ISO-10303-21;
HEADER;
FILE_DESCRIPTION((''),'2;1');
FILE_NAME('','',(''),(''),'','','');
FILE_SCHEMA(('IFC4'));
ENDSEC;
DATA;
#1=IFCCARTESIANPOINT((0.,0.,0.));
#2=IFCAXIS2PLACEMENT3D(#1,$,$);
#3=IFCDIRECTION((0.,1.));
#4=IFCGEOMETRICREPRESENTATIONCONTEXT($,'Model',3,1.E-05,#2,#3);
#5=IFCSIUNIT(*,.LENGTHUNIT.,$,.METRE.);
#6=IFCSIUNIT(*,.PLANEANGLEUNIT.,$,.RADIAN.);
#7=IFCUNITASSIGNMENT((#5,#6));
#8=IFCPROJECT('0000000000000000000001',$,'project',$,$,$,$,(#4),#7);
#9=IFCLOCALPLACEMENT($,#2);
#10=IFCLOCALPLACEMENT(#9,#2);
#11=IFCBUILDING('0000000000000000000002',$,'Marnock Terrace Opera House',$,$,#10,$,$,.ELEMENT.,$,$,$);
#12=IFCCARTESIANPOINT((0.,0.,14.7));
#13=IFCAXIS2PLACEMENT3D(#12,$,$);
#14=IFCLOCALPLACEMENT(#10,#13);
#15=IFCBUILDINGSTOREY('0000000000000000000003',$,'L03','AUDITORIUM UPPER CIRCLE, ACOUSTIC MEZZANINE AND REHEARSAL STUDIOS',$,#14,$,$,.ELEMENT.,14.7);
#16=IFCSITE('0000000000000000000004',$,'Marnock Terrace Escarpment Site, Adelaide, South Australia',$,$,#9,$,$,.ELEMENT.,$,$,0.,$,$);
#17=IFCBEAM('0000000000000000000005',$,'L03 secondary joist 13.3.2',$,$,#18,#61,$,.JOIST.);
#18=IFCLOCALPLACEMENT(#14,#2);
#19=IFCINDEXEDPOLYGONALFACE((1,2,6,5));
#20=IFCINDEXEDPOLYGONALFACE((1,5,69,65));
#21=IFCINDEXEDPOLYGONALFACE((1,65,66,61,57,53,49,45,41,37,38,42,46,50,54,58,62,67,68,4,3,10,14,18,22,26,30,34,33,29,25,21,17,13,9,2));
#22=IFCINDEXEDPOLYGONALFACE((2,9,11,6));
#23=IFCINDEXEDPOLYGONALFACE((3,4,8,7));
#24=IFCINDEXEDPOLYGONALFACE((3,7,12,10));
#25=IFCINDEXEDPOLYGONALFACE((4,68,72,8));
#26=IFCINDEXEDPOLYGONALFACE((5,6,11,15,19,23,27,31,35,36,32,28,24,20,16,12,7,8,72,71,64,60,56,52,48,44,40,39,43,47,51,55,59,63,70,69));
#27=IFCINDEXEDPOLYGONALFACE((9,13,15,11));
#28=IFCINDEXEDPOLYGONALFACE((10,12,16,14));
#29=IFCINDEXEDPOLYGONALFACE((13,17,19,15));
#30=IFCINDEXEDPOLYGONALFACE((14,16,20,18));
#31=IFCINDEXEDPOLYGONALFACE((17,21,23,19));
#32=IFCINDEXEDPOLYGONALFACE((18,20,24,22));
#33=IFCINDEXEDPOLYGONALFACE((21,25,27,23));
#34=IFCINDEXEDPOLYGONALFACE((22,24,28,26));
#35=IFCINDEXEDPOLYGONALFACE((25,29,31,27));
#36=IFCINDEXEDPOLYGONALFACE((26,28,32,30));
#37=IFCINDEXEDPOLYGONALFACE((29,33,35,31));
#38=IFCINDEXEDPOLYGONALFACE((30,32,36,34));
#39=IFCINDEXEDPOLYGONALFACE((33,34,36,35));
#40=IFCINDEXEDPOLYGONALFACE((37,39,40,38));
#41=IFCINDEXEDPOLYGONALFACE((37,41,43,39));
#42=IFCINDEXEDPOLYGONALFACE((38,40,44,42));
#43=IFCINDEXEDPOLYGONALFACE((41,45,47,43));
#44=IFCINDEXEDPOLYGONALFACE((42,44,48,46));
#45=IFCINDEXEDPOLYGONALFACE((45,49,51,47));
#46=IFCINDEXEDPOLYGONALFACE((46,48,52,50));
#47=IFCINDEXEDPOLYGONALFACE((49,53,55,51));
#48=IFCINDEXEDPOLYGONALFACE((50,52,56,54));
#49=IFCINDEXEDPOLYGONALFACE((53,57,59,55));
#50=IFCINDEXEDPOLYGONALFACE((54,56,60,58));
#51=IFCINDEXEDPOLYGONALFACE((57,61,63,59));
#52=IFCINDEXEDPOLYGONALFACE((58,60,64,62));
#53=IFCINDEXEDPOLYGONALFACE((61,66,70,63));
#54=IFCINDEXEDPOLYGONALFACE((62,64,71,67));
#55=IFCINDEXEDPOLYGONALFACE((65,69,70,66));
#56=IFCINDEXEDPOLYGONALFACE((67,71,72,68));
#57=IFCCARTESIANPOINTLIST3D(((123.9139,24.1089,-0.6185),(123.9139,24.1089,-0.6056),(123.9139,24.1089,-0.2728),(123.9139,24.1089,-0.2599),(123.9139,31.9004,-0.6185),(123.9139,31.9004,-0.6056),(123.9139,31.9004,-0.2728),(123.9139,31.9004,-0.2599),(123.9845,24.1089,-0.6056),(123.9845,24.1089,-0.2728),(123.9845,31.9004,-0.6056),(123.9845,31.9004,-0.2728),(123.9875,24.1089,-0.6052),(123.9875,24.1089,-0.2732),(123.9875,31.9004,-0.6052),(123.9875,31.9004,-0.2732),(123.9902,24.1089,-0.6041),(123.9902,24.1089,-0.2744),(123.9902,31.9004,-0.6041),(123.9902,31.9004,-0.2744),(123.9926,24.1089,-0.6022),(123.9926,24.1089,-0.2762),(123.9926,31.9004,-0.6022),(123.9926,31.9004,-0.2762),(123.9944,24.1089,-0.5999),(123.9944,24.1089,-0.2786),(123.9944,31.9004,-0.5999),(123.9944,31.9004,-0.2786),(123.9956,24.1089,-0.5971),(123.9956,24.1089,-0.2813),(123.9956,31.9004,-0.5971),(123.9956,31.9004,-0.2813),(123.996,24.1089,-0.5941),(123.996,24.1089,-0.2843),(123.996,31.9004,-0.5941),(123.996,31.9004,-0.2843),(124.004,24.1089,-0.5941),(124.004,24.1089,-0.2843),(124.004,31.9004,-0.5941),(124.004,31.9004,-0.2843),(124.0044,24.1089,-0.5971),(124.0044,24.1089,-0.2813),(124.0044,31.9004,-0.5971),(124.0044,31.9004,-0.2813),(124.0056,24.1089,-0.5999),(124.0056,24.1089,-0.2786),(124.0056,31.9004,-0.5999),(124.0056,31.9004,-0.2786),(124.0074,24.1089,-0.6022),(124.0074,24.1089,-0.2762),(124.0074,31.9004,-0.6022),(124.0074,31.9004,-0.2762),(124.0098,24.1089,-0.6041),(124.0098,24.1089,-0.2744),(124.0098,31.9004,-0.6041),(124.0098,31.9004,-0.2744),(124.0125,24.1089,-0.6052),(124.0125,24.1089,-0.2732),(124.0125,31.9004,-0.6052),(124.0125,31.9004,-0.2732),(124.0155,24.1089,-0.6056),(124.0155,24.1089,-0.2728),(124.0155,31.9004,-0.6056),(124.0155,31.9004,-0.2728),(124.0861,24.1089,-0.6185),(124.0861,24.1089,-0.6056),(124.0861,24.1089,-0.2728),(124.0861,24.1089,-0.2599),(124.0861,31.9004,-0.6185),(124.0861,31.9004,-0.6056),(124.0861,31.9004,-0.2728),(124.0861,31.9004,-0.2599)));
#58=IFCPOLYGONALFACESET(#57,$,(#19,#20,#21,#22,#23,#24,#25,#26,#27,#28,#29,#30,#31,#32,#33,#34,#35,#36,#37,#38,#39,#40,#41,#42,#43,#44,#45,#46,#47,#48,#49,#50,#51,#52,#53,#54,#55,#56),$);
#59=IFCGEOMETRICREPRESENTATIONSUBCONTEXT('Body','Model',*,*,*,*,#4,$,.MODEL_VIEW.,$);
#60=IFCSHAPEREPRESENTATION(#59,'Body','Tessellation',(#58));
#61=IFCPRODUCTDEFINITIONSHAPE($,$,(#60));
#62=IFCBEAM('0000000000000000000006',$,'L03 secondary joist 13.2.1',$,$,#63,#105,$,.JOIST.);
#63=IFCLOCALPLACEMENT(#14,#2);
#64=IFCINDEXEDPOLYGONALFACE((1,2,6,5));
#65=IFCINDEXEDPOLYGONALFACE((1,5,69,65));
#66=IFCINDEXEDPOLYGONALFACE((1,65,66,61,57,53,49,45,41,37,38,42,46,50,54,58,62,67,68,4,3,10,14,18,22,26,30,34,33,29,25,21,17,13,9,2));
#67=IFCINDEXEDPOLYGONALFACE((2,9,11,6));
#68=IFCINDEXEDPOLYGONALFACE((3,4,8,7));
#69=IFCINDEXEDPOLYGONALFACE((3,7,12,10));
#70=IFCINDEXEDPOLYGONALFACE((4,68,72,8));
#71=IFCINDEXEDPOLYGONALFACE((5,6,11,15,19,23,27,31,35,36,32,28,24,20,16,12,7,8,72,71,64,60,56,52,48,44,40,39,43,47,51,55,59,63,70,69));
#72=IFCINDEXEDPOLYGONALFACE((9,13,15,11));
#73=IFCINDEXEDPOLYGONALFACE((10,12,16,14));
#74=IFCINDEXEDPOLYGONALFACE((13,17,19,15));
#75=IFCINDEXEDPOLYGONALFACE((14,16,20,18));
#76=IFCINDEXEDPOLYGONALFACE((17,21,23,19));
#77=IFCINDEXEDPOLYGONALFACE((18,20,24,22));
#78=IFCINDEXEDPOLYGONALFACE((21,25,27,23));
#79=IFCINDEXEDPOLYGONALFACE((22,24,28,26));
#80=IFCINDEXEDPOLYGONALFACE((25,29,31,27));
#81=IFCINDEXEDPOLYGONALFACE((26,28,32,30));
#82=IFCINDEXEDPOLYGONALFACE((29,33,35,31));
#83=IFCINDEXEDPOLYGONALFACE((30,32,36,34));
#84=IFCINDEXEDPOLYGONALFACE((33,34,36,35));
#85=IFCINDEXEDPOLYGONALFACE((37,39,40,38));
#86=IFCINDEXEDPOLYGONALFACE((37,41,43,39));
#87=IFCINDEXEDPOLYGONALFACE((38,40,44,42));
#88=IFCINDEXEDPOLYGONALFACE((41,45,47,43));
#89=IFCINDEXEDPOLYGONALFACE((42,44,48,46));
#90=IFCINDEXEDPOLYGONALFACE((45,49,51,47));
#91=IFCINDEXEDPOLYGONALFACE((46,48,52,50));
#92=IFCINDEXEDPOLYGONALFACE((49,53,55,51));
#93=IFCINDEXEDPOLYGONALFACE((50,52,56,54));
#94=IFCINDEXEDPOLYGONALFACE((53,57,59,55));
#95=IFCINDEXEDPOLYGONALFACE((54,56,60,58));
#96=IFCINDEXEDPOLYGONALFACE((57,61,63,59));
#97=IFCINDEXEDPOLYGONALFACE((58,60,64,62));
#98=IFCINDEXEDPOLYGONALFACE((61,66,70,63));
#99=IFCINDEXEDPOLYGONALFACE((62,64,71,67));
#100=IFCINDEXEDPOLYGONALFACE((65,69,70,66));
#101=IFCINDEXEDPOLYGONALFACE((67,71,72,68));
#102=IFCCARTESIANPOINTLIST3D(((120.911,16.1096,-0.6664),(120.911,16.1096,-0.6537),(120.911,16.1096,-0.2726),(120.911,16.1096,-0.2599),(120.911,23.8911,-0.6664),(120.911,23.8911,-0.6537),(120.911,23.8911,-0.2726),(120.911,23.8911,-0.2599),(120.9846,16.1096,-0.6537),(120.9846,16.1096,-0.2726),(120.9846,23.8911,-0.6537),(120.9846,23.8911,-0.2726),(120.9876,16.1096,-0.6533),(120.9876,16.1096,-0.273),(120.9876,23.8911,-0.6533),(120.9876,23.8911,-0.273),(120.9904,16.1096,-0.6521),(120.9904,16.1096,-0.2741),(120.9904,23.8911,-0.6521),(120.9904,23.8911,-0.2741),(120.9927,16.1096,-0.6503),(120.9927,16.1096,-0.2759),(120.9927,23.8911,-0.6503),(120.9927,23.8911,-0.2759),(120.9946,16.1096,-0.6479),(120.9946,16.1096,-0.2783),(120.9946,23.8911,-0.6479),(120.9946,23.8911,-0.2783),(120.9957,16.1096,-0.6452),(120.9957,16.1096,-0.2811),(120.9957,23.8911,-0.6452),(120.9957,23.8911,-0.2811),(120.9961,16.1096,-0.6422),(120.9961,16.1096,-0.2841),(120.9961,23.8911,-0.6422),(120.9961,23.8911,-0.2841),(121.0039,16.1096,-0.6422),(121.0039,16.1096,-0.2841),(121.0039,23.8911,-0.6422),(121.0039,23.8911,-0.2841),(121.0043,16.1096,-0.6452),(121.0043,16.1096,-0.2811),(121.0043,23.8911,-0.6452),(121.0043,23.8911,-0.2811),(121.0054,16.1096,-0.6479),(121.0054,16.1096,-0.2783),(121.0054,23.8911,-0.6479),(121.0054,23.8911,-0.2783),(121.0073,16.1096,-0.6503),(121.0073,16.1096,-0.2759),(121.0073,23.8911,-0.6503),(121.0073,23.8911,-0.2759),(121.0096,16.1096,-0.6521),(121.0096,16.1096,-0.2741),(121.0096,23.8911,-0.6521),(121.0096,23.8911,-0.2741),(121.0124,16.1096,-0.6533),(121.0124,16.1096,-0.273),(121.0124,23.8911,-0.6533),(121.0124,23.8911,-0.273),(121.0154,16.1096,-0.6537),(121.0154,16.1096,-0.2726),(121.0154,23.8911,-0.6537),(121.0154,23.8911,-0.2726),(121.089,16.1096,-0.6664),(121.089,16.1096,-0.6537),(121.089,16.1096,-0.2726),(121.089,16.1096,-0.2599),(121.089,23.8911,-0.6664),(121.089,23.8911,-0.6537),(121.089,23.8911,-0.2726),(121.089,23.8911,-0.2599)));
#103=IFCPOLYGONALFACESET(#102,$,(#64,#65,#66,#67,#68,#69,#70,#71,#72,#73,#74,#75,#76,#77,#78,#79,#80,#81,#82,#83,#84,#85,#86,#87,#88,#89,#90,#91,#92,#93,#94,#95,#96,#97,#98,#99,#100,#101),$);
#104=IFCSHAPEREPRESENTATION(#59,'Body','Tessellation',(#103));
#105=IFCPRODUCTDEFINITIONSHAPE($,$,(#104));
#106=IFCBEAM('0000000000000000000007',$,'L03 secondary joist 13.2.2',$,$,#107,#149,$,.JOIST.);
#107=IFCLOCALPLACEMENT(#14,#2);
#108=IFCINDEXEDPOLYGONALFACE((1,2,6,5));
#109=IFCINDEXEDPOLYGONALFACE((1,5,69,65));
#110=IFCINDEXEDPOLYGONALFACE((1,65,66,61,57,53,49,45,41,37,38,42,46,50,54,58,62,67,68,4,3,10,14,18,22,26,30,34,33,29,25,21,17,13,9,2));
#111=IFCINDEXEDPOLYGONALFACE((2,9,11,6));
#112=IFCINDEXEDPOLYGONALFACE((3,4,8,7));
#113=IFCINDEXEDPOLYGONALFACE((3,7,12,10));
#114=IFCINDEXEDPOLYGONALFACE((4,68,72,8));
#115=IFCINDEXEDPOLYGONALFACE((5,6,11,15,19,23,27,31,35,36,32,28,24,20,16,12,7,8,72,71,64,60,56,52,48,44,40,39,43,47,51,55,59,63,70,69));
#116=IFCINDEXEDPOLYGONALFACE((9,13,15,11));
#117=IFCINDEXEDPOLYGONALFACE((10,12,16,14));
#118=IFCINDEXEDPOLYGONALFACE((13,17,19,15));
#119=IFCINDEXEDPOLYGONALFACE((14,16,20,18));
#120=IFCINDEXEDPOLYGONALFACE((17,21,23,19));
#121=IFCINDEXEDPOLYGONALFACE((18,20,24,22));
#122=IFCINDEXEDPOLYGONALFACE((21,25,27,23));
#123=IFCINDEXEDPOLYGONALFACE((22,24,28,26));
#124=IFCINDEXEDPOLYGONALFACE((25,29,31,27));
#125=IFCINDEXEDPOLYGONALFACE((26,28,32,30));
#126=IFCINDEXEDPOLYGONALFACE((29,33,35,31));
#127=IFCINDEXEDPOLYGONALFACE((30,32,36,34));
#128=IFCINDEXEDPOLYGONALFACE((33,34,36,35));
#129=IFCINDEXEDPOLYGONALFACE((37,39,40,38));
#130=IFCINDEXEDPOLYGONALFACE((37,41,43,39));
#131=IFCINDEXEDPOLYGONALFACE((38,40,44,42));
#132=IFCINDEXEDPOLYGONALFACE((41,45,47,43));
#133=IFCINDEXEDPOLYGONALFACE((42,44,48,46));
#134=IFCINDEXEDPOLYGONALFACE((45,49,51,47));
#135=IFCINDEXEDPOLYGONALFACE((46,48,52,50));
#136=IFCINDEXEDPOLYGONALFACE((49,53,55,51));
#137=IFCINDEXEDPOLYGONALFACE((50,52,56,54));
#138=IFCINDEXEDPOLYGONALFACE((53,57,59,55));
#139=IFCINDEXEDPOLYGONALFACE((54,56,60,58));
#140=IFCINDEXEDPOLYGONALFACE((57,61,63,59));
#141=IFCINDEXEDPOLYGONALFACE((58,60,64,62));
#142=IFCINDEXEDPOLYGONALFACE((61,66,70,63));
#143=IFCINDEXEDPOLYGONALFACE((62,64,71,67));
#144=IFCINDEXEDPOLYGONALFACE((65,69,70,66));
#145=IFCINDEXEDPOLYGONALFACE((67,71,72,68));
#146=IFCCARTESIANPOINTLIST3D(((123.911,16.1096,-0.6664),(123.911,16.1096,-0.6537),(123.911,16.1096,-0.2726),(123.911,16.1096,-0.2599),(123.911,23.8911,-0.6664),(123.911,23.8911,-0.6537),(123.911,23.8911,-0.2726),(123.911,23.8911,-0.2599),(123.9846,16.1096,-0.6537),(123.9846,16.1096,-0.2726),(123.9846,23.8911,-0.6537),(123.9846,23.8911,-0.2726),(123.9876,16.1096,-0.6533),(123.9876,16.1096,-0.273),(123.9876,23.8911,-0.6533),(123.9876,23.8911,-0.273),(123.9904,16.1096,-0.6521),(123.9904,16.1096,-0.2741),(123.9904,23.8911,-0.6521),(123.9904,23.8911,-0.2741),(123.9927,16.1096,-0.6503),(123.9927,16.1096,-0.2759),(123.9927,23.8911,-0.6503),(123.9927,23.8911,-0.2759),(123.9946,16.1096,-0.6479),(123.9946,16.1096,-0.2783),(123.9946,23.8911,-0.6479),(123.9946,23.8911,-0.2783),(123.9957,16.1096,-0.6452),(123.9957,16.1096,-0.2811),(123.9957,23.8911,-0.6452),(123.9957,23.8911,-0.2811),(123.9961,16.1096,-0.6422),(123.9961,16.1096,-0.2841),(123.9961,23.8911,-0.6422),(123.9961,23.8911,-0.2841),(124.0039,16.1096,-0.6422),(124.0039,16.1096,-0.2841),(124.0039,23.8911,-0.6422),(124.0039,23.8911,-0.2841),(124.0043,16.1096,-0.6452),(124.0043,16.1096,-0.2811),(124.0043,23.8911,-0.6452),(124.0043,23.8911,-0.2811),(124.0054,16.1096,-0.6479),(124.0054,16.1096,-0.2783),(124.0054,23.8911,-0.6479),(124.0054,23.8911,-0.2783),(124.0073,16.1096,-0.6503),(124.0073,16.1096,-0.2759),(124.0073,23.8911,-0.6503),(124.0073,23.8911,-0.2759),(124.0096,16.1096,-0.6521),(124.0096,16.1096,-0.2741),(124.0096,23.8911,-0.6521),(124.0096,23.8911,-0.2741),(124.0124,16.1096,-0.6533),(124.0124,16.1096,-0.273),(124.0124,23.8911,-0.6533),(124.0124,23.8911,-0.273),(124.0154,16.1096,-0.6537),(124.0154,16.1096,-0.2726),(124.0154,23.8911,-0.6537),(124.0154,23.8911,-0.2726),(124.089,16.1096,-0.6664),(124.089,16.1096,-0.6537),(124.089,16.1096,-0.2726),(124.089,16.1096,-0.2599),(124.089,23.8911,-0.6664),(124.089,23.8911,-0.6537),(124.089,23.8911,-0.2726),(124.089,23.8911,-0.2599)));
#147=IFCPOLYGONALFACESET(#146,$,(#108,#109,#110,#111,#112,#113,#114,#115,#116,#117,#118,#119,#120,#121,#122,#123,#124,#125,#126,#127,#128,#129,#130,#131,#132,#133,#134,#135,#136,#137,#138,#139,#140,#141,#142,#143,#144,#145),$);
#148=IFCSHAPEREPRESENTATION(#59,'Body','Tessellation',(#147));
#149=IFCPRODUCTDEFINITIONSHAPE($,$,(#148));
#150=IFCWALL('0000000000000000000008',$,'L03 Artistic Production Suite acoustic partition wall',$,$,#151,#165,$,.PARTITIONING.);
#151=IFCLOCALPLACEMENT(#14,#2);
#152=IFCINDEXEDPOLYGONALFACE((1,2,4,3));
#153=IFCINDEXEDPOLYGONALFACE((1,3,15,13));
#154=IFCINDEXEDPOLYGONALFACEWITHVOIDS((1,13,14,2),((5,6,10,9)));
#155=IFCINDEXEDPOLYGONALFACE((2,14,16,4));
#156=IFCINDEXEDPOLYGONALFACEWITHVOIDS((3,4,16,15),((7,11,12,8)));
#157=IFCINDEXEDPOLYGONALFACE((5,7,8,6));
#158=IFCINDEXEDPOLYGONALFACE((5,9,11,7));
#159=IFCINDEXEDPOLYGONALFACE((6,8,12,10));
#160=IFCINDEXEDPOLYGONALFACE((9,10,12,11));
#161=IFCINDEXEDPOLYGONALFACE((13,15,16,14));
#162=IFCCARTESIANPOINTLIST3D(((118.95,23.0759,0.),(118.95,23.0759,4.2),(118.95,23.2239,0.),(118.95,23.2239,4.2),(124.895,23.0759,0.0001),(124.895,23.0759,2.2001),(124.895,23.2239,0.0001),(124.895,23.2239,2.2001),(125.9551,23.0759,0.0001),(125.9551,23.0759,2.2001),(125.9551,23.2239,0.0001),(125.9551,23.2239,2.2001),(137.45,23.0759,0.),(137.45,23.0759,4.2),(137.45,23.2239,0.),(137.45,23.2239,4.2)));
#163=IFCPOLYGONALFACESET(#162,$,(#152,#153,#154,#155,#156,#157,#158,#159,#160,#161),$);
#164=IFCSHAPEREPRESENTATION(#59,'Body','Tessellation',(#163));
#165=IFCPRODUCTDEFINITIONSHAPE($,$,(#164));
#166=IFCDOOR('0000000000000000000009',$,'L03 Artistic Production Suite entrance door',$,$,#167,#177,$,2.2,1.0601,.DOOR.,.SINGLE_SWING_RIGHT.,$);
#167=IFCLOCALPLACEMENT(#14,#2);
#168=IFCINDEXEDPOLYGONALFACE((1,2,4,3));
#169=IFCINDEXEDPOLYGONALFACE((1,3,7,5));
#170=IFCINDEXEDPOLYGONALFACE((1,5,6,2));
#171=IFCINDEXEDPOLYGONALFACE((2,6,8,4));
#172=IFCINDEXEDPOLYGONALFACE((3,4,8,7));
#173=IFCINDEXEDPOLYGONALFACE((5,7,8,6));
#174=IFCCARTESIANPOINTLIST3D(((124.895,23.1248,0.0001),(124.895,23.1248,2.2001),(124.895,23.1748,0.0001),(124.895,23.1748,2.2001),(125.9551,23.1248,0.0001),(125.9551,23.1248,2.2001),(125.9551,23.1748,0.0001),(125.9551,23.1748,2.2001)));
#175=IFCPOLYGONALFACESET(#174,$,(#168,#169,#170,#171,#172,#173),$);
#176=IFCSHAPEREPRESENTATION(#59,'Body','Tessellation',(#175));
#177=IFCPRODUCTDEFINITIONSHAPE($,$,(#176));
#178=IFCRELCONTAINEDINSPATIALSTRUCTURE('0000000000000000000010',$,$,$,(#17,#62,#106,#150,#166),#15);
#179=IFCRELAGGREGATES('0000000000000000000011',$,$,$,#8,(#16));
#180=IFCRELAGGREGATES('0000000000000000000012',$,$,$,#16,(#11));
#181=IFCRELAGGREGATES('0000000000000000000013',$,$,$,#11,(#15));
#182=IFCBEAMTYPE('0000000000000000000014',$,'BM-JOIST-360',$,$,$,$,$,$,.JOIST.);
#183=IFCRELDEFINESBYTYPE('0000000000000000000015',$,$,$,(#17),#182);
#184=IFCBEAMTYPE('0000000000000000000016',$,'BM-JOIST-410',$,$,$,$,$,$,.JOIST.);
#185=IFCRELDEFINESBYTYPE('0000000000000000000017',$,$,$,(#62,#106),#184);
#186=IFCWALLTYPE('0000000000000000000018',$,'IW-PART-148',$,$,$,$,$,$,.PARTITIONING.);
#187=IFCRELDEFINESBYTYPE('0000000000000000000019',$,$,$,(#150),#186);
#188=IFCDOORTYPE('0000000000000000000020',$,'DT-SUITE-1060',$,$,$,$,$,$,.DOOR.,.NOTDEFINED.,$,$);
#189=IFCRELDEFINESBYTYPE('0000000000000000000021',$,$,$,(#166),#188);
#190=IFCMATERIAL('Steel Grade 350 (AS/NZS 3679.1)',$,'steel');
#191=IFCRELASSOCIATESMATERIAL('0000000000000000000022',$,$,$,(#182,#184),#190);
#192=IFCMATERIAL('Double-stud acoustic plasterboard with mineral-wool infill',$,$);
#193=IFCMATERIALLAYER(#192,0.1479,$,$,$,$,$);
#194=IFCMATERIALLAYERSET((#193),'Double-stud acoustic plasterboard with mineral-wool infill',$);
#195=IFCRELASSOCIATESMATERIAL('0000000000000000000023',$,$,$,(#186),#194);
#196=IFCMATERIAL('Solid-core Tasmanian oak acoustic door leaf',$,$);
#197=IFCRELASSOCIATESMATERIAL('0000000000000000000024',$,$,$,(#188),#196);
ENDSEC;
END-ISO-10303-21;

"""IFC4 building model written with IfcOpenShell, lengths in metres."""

from ifc_helpers import new_model, si_unit, direction, frame, frame_2d, origin, origin_2d, place, context, subcontext, project, spatial, rectangle, i_section, extrude, material, layer, layer_set, material_profile, profile_set, type_object, element, fill, save


model = new_model("IFC4")

# Units and contexts
model_context = context("Model", 3, precision=1e-05, world=origin(), true_north=direction((0.0, 1.0)))
body_context = subcontext(model_context, "Body", "Model", "MODEL_VIEW")
ifc_project = project(units=[si_unit("LENGTHUNIT", "METRE"), si_unit("PLANEANGLEUNIT", "RADIAN")], contexts=[model_context])

# Site, building, storey
site_placement = place(None, origin())
site = spatial("IfcSite", under=ifc_project, at=site_placement, Name="Marnock Terrace Escarpment Site, Adelaide, South Australia", CompositionType="ELEMENT", RefElevation=0.0)
building_placement = place(site_placement, origin())
building = spatial("IfcBuilding", under=site, at=building_placement, Name="Marnock Terrace Opera House", CompositionType="ELEMENT")
storey_placement = place(building_placement, frame((0.0, 0.0, 14.7)))
storey = spatial("IfcBuildingStorey", under=building, at=storey_placement, Name="L03", Description="AUDITORIUM UPPER CIRCLE, ACOUSTIC MEZZANINE AND REHEARSAL STUDIOS", CompositionType="ELEMENT", Elevation=14.7)

# Shared definitions
ifc_material_1 = material(Name="Steel Grade 350 (AS/NZS 3679.1)", Category="steel")

# Beams
ifc_material_profile_1 = material_profile(ifc_material_1, i_section(OverallWidth=0.1721, OverallDepth=0.3586, WebThickness=0.0081, FlangeThickness=0.0129, FilletRadius=0.0115, at=origin_2d()))
ifc_profile_set_1 = profile_set([ifc_material_profile_1], Name="Steel Grade 350 (AS/NZS 3679.1)")
beam_type_1 = type_object("IfcBeamType", Name="BM-JOIST-360", PredefinedType="JOIST", material=ifc_profile_set_1)
for number, where, z_axis, x_axis, name in (
    (1, (124.0, 24.1089, -0.4392), (0.0, 1.0, 0.0), (-1.0, 0.0, 0.0), "L03 secondary joist 13.3.2"),
):
    element("IfcBeam", number, at=place(storey_placement, frame(where, z_axis=z_axis, x_axis=x_axis)), inside=storey, type_object=beam_type_1, Name=name, PredefinedType="JOIST", context=body_context, shape_type="SweptSolid", body=[
        extrude(i_section(OverallWidth=0.1721, OverallDepth=0.3586, WebThickness=0.0081, FlangeThickness=0.0129, FilletRadius=0.0115, at=origin_2d()), origin(), (0.0, 0.0, 1.0), 7.7915),
    ])
ifc_material_profile_2 = material_profile(ifc_material_1, i_section(OverallWidth=0.178, OverallDepth=0.4065, WebThickness=0.0078, FlangeThickness=0.0127, FilletRadius=0.0115, at=origin_2d()))
ifc_profile_set_2 = profile_set([ifc_material_profile_2], Name="Steel Grade 350 (AS/NZS 3679.1)")
beam_type_2 = type_object("IfcBeamType", Name="BM-JOIST-410", PredefinedType="JOIST", material=ifc_profile_set_2)
for number, where, z_axis, x_axis, name in (
    (2, (121.0, 16.1096, -0.4631), (0.0, 1.0, 0.0), (-1.0, 0.0, 0.0), "L03 secondary joist 13.2.1"),
    (3, (124.0, 16.1096, -0.4631), (0.0, 1.0, 0.0), (-1.0, 0.0, 0.0), "L03 secondary joist 13.2.2"),
):
    element("IfcBeam", number, at=place(storey_placement, frame(where, z_axis=z_axis, x_axis=x_axis)), inside=storey, type_object=beam_type_2, Name=name, PredefinedType="JOIST", context=body_context, shape_type="SweptSolid", body=[
        extrude(i_section(OverallWidth=0.178, OverallDepth=0.4065, WebThickness=0.0078, FlangeThickness=0.0127, FilletRadius=0.0115, at=origin_2d()), origin(), (0.0, 0.0, 1.0), 7.7815),
    ])

# Wall, opening, door
ifc_material_2 = material(Name="Double-stud acoustic plasterboard with mineral-wool infill")
ifc_layer = layer(ifc_material_2, 0.1479)
ifc_layer_set = layer_set([ifc_layer], Name="Double-stud acoustic plasterboard with mineral-wool infill")
wall_type = type_object("IfcWallType", Name="IW-PART-148", PredefinedType="PARTITIONING", material=ifc_layer_set)
wall_placement = place(storey_placement, frame((118.95, 23.1499, 0.0), z_axis=(0.0, 0.0, 1.0), x_axis=(1.0, 0.0, 0.0)))
wall = element("IfcWall", 4, at=wall_placement, inside=storey, type_object=wall_type, Name="L03 Artistic Production Suite acoustic partition wall", PredefinedType="PARTITIONING", context=body_context, shape_type="SweptSolid", body=[
    extrude(rectangle(XDim=18.5, YDim=0.1479, at=frame_2d((9.25, 0.0))), origin(), (0.0, 0.0, 1.0), 4.2),
])
opening_placement = place(wall_placement, frame((5.9451, 0.0, 0.0)))
opening = element("IfcOpeningElement", 5, at=opening_placement, cuts=wall, PredefinedType="OPENING", context=body_context, shape_type="SweptSolid", body=[
    extrude(rectangle(XDim=1.0601, YDim=2.2, at=frame_2d((0.53, 1.1001))), frame((0.0, 0.084, 0.0), z_axis=(0.0, -1.0, 0.0), x_axis=(1.0, 0.0, 0.0)), (0.0, 0.0, 1.0), 0.168),
])
ifc_material_3 = material(Name="Solid-core Tasmanian oak acoustic door leaf")
door_type = type_object("IfcDoorType", Name="DT-SUITE-1060", OperationType="NOTDEFINED", PredefinedType="DOOR", material=ifc_material_3)
door_placement = place(opening_placement, origin())
door = element("IfcDoor", 6, at=door_placement, inside=storey, type_object=door_type, Name="L03 Artistic Production Suite entrance door", OperationType="SINGLE_SWING_RIGHT", OverallHeight=2.2, OverallWidth=1.0601, PredefinedType="DOOR", context=body_context, shape_type="SweptSolid", body=[
    extrude(rectangle(XDim=1.0601, YDim=2.2, at=frame_2d((0.53, 1.1001))), frame((0.0, 0.0249, 0.0), z_axis=(0.0, -1.0, 0.0), x_axis=(1.0, 0.0, 0.0)), (0.0, 0.0, 1.0), 0.05),
])
fill(opening, door)

save(model, "model.ifc")
